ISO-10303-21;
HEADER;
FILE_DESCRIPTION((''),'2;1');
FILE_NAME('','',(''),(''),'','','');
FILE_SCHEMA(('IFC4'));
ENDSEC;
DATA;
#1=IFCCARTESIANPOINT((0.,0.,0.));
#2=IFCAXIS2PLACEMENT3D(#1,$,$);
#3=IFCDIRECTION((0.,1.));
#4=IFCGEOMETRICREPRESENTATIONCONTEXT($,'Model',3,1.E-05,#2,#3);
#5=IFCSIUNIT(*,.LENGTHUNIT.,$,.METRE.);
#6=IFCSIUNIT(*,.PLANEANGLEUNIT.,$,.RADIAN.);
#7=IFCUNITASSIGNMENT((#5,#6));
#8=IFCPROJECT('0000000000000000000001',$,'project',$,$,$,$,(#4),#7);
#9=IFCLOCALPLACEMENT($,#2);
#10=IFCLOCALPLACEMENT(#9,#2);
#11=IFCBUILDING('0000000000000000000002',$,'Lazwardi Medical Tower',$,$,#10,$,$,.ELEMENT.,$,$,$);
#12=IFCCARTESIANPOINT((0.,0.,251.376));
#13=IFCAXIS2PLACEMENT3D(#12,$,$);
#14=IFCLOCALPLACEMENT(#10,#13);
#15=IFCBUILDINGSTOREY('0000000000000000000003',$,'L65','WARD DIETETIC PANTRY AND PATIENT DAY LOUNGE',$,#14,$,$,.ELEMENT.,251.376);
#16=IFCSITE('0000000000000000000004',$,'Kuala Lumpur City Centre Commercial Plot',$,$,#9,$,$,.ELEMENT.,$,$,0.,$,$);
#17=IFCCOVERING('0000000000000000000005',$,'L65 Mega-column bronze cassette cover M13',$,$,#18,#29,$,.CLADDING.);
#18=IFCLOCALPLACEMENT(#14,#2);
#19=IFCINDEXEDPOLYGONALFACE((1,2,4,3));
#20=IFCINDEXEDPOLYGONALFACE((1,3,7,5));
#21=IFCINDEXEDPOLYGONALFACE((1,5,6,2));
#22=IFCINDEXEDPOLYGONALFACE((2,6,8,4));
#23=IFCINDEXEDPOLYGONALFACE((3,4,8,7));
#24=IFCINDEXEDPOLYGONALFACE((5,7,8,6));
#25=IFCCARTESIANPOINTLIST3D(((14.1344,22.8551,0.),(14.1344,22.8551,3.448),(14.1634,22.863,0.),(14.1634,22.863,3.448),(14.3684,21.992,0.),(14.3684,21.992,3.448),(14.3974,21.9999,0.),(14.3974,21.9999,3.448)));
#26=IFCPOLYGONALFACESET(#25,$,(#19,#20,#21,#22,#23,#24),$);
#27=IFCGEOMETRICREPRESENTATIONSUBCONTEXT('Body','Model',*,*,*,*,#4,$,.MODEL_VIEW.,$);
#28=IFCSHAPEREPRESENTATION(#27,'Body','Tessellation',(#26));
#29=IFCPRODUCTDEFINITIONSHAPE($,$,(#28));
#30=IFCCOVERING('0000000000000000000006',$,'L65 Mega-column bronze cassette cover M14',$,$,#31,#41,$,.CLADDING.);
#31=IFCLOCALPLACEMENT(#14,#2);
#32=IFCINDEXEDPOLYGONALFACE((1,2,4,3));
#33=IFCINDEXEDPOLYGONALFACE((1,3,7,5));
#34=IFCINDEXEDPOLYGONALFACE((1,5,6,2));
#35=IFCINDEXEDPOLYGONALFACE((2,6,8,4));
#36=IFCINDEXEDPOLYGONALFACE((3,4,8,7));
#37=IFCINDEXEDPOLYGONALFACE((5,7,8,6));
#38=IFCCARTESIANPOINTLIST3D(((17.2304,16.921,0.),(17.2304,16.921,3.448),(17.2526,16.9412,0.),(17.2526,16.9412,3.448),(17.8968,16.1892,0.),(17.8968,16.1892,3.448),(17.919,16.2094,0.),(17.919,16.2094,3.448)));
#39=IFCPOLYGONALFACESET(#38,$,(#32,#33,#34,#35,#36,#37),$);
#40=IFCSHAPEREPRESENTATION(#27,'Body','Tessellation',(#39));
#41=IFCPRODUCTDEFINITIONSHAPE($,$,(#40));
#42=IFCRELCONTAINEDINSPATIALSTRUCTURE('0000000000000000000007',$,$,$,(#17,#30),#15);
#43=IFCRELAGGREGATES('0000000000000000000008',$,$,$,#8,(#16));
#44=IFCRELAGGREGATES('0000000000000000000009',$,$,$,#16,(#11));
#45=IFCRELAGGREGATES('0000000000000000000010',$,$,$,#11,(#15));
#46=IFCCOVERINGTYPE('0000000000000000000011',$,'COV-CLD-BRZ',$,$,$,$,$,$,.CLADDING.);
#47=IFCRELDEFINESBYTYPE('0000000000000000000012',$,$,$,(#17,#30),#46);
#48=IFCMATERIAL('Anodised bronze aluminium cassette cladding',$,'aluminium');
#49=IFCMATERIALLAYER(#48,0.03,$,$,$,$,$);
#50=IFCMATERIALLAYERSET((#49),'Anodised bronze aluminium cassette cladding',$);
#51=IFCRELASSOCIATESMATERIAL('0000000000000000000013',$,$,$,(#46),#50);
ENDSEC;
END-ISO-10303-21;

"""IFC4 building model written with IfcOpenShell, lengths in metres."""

from ifc_helpers import new_model, si_unit, direction, frame, origin, origin_2d, place, context, subcontext, project, spatial, rectangle, extrude, material, layer, layer_set, type_object, element, save


model = new_model("IFC4")

# Units and contexts
model_context = context("Model", 3, precision=1e-05, world=origin(), true_north=direction((0.0, 1.0)))
body_context = subcontext(model_context, "Body", "Model", "MODEL_VIEW")
ifc_project = project(units=[si_unit("LENGTHUNIT", "METRE"), si_unit("PLANEANGLEUNIT", "RADIAN")], contexts=[model_context])

# Site, building, storey
site_placement = place(None, origin())
site = spatial("IfcSite", under=ifc_project, at=site_placement, Name="Kuala Lumpur City Centre Commercial Plot", CompositionType="ELEMENT", RefElevation=0.0)
building_placement = place(site_placement, origin())
building = spatial("IfcBuilding", under=site, at=building_placement, Name="Lazwardi Medical Tower", CompositionType="ELEMENT")
storey_placement = place(building_placement, frame((0.0, 0.0, 251.376)))
storey = spatial("IfcBuildingStorey", under=building, at=storey_placement, Name="L65", Description="WARD DIETETIC PANTRY AND PATIENT DAY LOUNGE", CompositionType="ELEMENT", Elevation=251.376)

# Coverings
ifc_material_1 = material(Name="Anodised bronze aluminium cassette cladding", Category="aluminium")
ifc_layer_1 = layer(ifc_material_1, 0.03)
ifc_layer_set_1 = layer_set([ifc_layer_1], Name="Anodised bronze aluminium cassette cladding")
covering_type = type_object("IfcCoveringType", Name="COV-CLD-BRZ", PredefinedType="CLADDING", material=ifc_layer_set_1)
covering_1_placement = place(storey_placement, frame((14.2659, 22.4275, 0.0), z_axis=(0.0, 0.0, 1.0), x_axis=(0.261642, -0.965165, 0.0)))
element("IfcCovering", 1, at=covering_1_placement, inside=storey, type_object=covering_type, Name="L65 Mega-column bronze cassette cover M13", PredefinedType="CLADDING", context=body_context, shape_type="SweptSolid", body=[
    extrude(rectangle(XDim=0.8943, YDim=0.03, at=origin_2d()), origin(), (0.0, 0.0, 1.0), 3.448),
])
covering_2_placement = place(storey_placement, frame((17.5747, 16.5652, 0.0), z_axis=(0.0, 0.0, 1.0), x_axis=(0.673241, -0.739423, 0.0)))
element("IfcCovering", 2, at=covering_2_placement, inside=storey, type_object=covering_type, Name="L65 Mega-column bronze cassette cover M14", PredefinedType="CLADDING", context=body_context, shape_type="SweptSolid", body=[
    extrude(rectangle(XDim=0.9897, YDim=0.03, at=origin_2d()), origin(), (0.0, 0.0, 1.0), 3.448),
])

save(model, "model.ifc")
